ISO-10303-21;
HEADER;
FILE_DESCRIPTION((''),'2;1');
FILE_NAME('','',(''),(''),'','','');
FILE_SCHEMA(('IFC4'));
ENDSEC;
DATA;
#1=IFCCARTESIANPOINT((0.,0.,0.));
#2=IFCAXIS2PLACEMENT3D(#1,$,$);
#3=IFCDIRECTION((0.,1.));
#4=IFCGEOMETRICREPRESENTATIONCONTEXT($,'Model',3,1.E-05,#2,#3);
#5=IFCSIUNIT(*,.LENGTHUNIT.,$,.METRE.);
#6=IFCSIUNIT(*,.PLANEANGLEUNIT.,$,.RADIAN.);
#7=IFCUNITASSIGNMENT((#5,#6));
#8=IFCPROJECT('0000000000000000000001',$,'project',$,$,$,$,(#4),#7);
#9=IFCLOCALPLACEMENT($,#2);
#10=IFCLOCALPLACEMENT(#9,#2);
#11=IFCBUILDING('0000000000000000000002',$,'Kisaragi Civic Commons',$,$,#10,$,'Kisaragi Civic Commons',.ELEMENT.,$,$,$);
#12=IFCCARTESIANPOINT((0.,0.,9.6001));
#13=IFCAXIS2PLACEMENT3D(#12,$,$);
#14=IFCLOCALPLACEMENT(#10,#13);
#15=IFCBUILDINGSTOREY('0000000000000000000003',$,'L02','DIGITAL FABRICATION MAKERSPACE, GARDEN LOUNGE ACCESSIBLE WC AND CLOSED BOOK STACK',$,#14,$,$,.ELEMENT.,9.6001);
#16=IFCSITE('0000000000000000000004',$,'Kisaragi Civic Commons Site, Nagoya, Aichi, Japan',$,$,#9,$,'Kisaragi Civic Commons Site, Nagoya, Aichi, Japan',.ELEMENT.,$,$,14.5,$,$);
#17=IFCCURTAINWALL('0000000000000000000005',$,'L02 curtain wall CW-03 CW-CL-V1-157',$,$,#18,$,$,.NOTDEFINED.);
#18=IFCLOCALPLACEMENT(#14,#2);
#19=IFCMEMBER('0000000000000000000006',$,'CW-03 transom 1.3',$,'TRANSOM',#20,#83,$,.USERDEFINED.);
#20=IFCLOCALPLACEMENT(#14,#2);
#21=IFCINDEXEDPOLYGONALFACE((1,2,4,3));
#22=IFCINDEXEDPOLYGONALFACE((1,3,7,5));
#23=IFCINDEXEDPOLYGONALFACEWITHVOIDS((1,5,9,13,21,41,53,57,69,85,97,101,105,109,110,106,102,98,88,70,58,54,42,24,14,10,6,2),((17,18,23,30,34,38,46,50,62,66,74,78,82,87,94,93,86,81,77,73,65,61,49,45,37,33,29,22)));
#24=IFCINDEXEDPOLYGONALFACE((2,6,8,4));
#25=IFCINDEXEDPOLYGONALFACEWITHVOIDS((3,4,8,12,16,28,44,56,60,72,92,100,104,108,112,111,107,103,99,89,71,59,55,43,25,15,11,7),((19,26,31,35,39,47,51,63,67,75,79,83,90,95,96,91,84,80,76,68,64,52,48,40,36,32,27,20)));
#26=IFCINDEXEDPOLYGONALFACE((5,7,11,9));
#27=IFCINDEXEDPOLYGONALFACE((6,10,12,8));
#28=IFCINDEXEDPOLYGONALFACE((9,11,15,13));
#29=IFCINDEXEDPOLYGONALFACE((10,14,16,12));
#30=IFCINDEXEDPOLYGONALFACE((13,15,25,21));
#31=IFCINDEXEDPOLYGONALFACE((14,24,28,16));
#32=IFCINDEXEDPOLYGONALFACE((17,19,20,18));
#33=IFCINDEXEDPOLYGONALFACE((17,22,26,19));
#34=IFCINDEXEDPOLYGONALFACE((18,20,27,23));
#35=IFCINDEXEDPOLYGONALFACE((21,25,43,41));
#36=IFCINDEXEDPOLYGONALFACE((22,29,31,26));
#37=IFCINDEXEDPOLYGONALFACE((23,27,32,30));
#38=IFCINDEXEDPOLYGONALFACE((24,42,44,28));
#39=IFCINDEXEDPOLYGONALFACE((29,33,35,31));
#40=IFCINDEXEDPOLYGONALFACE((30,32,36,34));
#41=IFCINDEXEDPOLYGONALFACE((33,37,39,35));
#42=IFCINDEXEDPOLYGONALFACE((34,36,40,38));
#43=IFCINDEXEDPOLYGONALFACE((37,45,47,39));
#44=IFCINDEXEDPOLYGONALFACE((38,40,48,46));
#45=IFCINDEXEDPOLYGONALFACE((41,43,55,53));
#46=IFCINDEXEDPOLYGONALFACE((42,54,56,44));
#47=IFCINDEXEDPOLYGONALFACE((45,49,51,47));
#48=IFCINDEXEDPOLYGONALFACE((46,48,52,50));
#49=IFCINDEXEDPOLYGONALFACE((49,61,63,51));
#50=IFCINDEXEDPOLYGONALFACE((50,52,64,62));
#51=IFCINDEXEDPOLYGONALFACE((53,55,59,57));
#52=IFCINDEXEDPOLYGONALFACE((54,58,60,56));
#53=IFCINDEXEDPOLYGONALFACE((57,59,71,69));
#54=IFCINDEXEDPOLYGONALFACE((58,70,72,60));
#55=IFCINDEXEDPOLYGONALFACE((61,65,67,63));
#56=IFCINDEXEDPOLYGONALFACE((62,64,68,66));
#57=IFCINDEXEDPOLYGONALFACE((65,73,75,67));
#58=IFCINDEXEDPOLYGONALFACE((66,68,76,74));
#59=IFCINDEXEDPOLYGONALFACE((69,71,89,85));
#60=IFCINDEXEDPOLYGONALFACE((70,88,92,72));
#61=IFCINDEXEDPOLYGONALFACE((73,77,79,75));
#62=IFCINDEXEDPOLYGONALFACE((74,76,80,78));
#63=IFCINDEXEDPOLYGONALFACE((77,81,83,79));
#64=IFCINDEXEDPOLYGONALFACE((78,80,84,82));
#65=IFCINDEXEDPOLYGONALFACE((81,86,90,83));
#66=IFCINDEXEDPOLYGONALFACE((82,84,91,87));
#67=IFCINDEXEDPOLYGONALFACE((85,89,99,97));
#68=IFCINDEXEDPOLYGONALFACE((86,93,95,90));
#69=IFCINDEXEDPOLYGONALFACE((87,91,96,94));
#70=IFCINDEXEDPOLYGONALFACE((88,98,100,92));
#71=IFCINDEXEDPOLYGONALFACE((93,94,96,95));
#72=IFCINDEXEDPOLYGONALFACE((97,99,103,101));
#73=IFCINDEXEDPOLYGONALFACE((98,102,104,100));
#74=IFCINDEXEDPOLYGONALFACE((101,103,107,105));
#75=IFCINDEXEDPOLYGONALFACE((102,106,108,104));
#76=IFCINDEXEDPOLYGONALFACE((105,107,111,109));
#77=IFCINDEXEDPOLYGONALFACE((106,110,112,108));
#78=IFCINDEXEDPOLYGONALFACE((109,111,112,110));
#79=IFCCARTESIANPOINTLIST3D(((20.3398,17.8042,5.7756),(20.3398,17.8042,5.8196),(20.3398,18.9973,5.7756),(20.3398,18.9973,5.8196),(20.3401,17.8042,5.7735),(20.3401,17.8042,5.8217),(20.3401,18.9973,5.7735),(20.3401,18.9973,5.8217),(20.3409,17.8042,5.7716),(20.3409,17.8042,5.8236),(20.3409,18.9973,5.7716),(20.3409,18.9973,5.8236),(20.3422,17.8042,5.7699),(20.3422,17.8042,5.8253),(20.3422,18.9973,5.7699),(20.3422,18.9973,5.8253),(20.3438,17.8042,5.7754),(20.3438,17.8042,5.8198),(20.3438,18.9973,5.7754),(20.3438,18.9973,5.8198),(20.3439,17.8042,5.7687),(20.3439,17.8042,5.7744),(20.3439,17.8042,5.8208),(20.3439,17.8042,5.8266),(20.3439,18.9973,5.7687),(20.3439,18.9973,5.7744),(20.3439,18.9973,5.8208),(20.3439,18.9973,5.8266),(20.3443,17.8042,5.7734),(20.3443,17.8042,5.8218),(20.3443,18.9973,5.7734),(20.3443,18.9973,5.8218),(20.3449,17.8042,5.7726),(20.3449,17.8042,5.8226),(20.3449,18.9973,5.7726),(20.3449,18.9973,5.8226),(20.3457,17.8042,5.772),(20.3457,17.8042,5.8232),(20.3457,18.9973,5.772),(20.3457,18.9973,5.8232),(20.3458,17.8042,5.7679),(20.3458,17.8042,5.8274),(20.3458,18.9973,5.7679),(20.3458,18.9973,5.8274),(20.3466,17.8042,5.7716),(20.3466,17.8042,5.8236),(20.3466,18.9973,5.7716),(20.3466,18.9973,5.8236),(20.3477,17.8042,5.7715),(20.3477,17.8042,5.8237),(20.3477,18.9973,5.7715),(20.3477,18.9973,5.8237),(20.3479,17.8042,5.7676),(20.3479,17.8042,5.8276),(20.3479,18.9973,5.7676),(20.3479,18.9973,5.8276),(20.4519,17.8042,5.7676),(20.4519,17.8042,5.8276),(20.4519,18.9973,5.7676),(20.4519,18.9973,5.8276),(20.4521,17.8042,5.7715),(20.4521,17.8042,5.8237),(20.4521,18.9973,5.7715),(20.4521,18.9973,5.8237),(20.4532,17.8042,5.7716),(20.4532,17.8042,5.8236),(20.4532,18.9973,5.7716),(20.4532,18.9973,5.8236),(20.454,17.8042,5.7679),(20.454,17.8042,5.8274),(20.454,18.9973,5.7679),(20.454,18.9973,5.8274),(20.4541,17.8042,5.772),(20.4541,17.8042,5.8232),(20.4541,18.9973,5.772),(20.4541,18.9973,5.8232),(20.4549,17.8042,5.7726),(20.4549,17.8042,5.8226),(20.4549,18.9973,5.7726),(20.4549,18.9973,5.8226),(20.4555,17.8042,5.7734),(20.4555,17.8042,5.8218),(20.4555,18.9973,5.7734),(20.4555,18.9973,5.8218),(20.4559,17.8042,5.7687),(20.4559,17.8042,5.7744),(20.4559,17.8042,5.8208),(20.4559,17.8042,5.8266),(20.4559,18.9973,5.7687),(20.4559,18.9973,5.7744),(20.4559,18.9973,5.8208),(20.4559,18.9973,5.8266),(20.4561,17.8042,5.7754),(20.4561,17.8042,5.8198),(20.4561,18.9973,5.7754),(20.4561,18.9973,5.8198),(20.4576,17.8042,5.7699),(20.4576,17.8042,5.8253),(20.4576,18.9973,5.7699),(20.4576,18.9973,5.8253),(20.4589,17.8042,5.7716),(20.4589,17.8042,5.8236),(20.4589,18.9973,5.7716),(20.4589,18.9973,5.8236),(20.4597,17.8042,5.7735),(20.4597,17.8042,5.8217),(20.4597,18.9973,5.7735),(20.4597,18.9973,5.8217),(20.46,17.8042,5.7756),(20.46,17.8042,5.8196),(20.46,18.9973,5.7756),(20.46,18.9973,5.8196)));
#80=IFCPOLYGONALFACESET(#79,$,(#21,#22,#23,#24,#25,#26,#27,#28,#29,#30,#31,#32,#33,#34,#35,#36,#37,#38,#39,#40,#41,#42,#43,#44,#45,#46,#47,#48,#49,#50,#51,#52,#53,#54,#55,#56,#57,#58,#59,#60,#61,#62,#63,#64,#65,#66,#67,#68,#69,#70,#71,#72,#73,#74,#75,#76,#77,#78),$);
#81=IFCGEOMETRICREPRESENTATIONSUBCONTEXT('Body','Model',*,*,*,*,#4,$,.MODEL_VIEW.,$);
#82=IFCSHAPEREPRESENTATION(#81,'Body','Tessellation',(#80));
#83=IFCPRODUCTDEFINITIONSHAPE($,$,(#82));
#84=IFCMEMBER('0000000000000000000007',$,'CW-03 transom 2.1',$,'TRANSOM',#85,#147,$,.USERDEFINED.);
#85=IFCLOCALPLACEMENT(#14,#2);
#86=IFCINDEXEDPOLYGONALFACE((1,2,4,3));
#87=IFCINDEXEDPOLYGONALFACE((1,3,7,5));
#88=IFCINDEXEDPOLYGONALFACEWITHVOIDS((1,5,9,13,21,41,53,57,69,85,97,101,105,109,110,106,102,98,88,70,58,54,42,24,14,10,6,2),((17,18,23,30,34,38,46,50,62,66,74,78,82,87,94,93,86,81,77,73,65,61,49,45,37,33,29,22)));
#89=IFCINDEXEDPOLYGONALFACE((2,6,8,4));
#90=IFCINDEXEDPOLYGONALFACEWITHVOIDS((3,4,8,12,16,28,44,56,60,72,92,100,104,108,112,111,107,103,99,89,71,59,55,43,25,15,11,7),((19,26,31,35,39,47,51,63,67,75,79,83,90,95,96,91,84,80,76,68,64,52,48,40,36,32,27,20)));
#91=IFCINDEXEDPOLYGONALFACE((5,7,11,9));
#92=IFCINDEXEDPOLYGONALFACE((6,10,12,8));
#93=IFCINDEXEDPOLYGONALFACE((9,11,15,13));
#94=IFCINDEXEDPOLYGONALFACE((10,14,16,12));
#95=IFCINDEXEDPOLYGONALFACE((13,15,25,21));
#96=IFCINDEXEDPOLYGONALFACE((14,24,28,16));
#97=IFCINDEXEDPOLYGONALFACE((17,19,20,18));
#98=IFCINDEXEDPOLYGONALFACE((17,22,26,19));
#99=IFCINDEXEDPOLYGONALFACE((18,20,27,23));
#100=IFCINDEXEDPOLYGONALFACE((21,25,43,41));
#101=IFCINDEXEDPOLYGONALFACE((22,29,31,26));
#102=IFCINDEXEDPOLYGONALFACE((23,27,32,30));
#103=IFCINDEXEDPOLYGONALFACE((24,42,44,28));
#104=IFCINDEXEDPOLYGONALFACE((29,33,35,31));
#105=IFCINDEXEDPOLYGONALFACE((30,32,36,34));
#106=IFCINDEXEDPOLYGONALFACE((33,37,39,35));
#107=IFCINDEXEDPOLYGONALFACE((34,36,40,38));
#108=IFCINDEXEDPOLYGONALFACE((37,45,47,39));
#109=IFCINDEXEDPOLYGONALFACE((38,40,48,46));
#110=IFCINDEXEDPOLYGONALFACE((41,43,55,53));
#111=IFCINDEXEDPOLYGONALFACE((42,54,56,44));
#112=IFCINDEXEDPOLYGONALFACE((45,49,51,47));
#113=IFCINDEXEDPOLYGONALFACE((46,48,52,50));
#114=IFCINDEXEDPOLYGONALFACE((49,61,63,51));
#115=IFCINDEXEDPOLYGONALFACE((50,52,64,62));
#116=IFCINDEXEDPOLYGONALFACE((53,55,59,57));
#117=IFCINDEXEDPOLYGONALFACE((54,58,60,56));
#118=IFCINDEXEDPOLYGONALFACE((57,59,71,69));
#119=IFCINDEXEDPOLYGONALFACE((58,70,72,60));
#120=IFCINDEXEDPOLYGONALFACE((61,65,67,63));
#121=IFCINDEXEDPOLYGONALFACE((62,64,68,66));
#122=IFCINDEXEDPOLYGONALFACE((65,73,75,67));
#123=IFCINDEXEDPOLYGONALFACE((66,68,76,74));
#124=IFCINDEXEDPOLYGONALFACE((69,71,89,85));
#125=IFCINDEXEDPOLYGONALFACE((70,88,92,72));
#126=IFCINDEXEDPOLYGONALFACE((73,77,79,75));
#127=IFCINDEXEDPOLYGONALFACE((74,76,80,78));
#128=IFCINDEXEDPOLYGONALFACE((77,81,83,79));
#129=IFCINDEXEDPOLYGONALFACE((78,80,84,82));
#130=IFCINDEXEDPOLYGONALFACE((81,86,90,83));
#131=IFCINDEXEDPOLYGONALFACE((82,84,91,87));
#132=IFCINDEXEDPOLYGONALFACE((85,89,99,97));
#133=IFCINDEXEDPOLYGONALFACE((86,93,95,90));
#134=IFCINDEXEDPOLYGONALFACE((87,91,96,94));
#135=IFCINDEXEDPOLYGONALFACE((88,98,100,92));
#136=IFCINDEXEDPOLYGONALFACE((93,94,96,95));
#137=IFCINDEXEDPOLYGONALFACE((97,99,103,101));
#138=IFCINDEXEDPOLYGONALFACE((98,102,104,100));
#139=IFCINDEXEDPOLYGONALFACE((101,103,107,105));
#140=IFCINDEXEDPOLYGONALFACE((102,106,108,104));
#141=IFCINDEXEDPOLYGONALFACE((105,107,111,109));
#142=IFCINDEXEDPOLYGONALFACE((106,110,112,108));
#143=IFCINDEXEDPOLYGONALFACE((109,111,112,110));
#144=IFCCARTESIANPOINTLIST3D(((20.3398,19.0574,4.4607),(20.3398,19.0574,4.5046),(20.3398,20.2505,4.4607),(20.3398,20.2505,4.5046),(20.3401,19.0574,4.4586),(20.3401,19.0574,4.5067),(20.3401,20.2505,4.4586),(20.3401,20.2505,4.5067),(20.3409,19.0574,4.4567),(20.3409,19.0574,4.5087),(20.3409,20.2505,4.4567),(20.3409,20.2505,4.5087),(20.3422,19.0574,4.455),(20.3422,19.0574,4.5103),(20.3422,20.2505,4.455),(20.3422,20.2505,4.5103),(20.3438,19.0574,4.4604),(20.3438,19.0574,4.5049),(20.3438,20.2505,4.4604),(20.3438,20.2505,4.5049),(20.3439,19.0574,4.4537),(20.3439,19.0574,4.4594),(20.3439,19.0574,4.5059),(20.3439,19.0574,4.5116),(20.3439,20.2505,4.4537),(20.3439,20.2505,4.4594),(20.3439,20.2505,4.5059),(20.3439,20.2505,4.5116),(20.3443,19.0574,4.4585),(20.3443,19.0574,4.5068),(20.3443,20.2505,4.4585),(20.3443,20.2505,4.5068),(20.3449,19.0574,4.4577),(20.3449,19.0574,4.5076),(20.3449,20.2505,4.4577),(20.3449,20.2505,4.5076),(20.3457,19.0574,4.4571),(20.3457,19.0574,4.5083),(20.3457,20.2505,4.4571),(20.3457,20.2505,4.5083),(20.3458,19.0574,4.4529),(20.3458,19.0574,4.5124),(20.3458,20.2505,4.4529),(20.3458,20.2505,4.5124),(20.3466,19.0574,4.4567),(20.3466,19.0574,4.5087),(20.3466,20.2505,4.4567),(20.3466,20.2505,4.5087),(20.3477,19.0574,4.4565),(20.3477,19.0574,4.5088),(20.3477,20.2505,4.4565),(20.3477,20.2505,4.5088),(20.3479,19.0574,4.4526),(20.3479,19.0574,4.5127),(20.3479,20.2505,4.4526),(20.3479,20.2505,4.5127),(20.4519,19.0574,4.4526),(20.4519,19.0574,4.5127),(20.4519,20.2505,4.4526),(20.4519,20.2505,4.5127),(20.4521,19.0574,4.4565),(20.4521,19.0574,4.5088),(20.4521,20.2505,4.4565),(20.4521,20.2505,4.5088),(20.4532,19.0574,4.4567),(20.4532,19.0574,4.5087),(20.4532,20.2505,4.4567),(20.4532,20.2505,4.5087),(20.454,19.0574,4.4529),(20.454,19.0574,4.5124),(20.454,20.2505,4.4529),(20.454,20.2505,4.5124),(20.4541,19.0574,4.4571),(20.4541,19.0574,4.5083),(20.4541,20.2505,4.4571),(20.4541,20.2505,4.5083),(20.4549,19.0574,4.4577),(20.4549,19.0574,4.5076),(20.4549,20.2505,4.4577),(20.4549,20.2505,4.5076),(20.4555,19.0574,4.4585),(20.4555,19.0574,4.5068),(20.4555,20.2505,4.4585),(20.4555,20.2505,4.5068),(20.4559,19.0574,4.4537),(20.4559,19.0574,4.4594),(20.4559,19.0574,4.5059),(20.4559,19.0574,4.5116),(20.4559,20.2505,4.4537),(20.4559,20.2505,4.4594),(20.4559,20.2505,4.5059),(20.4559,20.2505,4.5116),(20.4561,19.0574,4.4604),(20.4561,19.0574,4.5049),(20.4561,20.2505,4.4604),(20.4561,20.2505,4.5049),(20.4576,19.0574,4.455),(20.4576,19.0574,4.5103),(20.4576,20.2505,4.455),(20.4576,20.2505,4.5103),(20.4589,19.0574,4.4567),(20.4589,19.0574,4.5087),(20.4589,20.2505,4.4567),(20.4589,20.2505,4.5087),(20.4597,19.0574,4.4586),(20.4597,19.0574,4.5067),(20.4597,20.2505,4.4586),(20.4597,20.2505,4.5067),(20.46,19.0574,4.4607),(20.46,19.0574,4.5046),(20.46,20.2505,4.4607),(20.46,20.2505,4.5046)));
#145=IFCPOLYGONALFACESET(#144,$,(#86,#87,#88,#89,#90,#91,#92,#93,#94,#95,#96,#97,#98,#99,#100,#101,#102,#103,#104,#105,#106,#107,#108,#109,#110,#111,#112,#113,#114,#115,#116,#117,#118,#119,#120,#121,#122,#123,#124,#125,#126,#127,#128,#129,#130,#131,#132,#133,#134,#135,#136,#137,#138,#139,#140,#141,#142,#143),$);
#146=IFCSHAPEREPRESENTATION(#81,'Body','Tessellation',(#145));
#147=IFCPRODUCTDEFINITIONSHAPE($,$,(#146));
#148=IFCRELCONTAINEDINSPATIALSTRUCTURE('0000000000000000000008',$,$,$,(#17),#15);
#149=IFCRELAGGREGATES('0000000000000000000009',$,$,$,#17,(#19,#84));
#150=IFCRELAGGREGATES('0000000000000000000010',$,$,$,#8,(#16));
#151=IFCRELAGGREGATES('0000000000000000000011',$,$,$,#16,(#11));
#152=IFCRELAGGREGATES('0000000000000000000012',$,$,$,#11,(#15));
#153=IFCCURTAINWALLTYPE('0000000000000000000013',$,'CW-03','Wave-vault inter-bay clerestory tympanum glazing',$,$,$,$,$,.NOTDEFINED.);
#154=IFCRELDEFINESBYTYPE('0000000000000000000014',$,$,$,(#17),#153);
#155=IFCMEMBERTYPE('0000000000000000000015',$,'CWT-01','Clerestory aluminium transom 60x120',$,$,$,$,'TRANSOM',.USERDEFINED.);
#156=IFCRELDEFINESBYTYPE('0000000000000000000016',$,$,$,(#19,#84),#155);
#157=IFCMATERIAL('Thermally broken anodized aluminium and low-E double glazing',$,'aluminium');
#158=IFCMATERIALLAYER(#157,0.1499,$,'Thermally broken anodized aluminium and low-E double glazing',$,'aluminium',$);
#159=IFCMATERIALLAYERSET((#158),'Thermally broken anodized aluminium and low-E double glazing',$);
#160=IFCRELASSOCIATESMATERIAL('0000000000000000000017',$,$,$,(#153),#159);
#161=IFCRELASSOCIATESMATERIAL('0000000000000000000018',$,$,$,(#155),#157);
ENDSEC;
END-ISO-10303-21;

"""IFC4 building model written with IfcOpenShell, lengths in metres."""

from ifc_helpers import new_model, si_unit, direction, frame, origin, origin_2d, place, context, subcontext, project, spatial, hollow_rectangle, extrude, material, layer, layer_set, material_profile, profile_set, type_object, element, aggregate, save


model = new_model("IFC4")

# Units and contexts
model_context = context("Model", 3, precision=1e-05, world=origin(), true_north=direction((0.0, 1.0)))
body_context = subcontext(model_context, "Body", "Model", "MODEL_VIEW")
ifc_project = project(units=[si_unit("LENGTHUNIT", "METRE"), si_unit("PLANEANGLEUNIT", "RADIAN")], contexts=[model_context])

# Site, building, storey
site_placement = place(None, origin())
site = spatial("IfcSite", under=ifc_project, at=site_placement, Name="Kisaragi Civic Commons Site, Nagoya, Aichi, Japan", LongName="Kisaragi Civic Commons Site, Nagoya, Aichi, Japan", CompositionType="ELEMENT", RefElevation=14.5)
building_placement = place(site_placement, origin())
building = spatial("IfcBuilding", under=site, at=building_placement, Name="Kisaragi Civic Commons", LongName="Kisaragi Civic Commons", CompositionType="ELEMENT")
storey_placement = place(building_placement, frame((0.0, 0.0, 9.6001)))
storey = spatial("IfcBuildingStorey", under=building, at=storey_placement, Name="L02", Description="DIGITAL FABRICATION MAKERSPACE, GARDEN LOUNGE ACCESSIBLE WC AND CLOSED BOOK STACK", CompositionType="ELEMENT", Elevation=9.6001)

# Shared definitions
ifc_material_1 = material(Name="Thermally broken anodized aluminium and low-E double glazing", Category="aluminium")
ifc_layer_1 = layer(ifc_material_1, 0.1499, Name="Thermally broken anodized aluminium and low-E double glazing", Category="aluminium")
ifc_layer_set_1 = layer_set([ifc_layer_1], Name="Thermally broken anodized aluminium and low-E double glazing")
curtain_wall_type = type_object("IfcCurtainWallType", Name="CW-03", Description="Wave-vault inter-bay clerestory tympanum glazing", PredefinedType="NOTDEFINED", material=ifc_layer_set_1)

# Curtain wall, members
curtain_wall_1_placement = place(storey_placement, origin())
curtain_wall_1 = element("IfcCurtainWall", 1, at=curtain_wall_1_placement, inside=storey, type_object=curtain_wall_type, Name="L02 curtain wall CW-03 CW-CL-V1-157", PredefinedType="NOTDEFINED")
ifc_material_profile_1 = material_profile(ifc_material_1, hollow_rectangle(XDim=0.1201, YDim=0.0601, WallThickness=0.0039, InnerFilletRadius=0.0039, OuterFilletRadius=0.0081, at=origin_2d()), Name="CWT-60x120x4", Category="aluminium")
ifc_profile_set_1 = profile_set([ifc_material_profile_1], Name="Thermally broken anodized aluminium and low-E double glazing")
member_type_1 = type_object("IfcMemberType", Name="CWT-01", Description="Clerestory aluminium transom 60x120", ElementType="TRANSOM", PredefinedType="USERDEFINED", material=ifc_profile_set_1)
member_1_placement = place(storey_placement, frame((20.3999, 17.8042, 5.7976), z_axis=(0.0, 1.0, 0.0), x_axis=(-1.0, 0.0, 0.0)))
member_1 = element("IfcMember", 2, at=member_1_placement, type_object=member_type_1, Name="CW-03 transom 1.3", ObjectType="TRANSOM", PredefinedType="USERDEFINED", context=body_context, shape_type="SweptSolid", body=[
    extrude(hollow_rectangle(XDim=0.1201, YDim=0.0601, WallThickness=0.0039, InnerFilletRadius=0.0039, OuterFilletRadius=0.0081, at=origin_2d()), origin(), (0.0, 0.0, 1.0), 1.1931),
])
member_2_placement = place(storey_placement, frame((20.3999, 19.0574, 4.4827), z_axis=(0.0, 1.0, 0.0), x_axis=(-1.0, 0.0, 0.0)))
member_2 = element("IfcMember", 3, at=member_2_placement, type_object=member_type_1, Name="CW-03 transom 2.1", ObjectType="TRANSOM", PredefinedType="USERDEFINED", context=body_context, shape_type="SweptSolid", body=[
    extrude(hollow_rectangle(XDim=0.1201, YDim=0.0601, WallThickness=0.0039, InnerFilletRadius=0.0039, OuterFilletRadius=0.0081, at=origin_2d()), origin(), (0.0, 0.0, 1.0), 1.1931),
])

aggregate(curtain_wall_1, [member_1, member_2])

save(model, "model.ifc")
